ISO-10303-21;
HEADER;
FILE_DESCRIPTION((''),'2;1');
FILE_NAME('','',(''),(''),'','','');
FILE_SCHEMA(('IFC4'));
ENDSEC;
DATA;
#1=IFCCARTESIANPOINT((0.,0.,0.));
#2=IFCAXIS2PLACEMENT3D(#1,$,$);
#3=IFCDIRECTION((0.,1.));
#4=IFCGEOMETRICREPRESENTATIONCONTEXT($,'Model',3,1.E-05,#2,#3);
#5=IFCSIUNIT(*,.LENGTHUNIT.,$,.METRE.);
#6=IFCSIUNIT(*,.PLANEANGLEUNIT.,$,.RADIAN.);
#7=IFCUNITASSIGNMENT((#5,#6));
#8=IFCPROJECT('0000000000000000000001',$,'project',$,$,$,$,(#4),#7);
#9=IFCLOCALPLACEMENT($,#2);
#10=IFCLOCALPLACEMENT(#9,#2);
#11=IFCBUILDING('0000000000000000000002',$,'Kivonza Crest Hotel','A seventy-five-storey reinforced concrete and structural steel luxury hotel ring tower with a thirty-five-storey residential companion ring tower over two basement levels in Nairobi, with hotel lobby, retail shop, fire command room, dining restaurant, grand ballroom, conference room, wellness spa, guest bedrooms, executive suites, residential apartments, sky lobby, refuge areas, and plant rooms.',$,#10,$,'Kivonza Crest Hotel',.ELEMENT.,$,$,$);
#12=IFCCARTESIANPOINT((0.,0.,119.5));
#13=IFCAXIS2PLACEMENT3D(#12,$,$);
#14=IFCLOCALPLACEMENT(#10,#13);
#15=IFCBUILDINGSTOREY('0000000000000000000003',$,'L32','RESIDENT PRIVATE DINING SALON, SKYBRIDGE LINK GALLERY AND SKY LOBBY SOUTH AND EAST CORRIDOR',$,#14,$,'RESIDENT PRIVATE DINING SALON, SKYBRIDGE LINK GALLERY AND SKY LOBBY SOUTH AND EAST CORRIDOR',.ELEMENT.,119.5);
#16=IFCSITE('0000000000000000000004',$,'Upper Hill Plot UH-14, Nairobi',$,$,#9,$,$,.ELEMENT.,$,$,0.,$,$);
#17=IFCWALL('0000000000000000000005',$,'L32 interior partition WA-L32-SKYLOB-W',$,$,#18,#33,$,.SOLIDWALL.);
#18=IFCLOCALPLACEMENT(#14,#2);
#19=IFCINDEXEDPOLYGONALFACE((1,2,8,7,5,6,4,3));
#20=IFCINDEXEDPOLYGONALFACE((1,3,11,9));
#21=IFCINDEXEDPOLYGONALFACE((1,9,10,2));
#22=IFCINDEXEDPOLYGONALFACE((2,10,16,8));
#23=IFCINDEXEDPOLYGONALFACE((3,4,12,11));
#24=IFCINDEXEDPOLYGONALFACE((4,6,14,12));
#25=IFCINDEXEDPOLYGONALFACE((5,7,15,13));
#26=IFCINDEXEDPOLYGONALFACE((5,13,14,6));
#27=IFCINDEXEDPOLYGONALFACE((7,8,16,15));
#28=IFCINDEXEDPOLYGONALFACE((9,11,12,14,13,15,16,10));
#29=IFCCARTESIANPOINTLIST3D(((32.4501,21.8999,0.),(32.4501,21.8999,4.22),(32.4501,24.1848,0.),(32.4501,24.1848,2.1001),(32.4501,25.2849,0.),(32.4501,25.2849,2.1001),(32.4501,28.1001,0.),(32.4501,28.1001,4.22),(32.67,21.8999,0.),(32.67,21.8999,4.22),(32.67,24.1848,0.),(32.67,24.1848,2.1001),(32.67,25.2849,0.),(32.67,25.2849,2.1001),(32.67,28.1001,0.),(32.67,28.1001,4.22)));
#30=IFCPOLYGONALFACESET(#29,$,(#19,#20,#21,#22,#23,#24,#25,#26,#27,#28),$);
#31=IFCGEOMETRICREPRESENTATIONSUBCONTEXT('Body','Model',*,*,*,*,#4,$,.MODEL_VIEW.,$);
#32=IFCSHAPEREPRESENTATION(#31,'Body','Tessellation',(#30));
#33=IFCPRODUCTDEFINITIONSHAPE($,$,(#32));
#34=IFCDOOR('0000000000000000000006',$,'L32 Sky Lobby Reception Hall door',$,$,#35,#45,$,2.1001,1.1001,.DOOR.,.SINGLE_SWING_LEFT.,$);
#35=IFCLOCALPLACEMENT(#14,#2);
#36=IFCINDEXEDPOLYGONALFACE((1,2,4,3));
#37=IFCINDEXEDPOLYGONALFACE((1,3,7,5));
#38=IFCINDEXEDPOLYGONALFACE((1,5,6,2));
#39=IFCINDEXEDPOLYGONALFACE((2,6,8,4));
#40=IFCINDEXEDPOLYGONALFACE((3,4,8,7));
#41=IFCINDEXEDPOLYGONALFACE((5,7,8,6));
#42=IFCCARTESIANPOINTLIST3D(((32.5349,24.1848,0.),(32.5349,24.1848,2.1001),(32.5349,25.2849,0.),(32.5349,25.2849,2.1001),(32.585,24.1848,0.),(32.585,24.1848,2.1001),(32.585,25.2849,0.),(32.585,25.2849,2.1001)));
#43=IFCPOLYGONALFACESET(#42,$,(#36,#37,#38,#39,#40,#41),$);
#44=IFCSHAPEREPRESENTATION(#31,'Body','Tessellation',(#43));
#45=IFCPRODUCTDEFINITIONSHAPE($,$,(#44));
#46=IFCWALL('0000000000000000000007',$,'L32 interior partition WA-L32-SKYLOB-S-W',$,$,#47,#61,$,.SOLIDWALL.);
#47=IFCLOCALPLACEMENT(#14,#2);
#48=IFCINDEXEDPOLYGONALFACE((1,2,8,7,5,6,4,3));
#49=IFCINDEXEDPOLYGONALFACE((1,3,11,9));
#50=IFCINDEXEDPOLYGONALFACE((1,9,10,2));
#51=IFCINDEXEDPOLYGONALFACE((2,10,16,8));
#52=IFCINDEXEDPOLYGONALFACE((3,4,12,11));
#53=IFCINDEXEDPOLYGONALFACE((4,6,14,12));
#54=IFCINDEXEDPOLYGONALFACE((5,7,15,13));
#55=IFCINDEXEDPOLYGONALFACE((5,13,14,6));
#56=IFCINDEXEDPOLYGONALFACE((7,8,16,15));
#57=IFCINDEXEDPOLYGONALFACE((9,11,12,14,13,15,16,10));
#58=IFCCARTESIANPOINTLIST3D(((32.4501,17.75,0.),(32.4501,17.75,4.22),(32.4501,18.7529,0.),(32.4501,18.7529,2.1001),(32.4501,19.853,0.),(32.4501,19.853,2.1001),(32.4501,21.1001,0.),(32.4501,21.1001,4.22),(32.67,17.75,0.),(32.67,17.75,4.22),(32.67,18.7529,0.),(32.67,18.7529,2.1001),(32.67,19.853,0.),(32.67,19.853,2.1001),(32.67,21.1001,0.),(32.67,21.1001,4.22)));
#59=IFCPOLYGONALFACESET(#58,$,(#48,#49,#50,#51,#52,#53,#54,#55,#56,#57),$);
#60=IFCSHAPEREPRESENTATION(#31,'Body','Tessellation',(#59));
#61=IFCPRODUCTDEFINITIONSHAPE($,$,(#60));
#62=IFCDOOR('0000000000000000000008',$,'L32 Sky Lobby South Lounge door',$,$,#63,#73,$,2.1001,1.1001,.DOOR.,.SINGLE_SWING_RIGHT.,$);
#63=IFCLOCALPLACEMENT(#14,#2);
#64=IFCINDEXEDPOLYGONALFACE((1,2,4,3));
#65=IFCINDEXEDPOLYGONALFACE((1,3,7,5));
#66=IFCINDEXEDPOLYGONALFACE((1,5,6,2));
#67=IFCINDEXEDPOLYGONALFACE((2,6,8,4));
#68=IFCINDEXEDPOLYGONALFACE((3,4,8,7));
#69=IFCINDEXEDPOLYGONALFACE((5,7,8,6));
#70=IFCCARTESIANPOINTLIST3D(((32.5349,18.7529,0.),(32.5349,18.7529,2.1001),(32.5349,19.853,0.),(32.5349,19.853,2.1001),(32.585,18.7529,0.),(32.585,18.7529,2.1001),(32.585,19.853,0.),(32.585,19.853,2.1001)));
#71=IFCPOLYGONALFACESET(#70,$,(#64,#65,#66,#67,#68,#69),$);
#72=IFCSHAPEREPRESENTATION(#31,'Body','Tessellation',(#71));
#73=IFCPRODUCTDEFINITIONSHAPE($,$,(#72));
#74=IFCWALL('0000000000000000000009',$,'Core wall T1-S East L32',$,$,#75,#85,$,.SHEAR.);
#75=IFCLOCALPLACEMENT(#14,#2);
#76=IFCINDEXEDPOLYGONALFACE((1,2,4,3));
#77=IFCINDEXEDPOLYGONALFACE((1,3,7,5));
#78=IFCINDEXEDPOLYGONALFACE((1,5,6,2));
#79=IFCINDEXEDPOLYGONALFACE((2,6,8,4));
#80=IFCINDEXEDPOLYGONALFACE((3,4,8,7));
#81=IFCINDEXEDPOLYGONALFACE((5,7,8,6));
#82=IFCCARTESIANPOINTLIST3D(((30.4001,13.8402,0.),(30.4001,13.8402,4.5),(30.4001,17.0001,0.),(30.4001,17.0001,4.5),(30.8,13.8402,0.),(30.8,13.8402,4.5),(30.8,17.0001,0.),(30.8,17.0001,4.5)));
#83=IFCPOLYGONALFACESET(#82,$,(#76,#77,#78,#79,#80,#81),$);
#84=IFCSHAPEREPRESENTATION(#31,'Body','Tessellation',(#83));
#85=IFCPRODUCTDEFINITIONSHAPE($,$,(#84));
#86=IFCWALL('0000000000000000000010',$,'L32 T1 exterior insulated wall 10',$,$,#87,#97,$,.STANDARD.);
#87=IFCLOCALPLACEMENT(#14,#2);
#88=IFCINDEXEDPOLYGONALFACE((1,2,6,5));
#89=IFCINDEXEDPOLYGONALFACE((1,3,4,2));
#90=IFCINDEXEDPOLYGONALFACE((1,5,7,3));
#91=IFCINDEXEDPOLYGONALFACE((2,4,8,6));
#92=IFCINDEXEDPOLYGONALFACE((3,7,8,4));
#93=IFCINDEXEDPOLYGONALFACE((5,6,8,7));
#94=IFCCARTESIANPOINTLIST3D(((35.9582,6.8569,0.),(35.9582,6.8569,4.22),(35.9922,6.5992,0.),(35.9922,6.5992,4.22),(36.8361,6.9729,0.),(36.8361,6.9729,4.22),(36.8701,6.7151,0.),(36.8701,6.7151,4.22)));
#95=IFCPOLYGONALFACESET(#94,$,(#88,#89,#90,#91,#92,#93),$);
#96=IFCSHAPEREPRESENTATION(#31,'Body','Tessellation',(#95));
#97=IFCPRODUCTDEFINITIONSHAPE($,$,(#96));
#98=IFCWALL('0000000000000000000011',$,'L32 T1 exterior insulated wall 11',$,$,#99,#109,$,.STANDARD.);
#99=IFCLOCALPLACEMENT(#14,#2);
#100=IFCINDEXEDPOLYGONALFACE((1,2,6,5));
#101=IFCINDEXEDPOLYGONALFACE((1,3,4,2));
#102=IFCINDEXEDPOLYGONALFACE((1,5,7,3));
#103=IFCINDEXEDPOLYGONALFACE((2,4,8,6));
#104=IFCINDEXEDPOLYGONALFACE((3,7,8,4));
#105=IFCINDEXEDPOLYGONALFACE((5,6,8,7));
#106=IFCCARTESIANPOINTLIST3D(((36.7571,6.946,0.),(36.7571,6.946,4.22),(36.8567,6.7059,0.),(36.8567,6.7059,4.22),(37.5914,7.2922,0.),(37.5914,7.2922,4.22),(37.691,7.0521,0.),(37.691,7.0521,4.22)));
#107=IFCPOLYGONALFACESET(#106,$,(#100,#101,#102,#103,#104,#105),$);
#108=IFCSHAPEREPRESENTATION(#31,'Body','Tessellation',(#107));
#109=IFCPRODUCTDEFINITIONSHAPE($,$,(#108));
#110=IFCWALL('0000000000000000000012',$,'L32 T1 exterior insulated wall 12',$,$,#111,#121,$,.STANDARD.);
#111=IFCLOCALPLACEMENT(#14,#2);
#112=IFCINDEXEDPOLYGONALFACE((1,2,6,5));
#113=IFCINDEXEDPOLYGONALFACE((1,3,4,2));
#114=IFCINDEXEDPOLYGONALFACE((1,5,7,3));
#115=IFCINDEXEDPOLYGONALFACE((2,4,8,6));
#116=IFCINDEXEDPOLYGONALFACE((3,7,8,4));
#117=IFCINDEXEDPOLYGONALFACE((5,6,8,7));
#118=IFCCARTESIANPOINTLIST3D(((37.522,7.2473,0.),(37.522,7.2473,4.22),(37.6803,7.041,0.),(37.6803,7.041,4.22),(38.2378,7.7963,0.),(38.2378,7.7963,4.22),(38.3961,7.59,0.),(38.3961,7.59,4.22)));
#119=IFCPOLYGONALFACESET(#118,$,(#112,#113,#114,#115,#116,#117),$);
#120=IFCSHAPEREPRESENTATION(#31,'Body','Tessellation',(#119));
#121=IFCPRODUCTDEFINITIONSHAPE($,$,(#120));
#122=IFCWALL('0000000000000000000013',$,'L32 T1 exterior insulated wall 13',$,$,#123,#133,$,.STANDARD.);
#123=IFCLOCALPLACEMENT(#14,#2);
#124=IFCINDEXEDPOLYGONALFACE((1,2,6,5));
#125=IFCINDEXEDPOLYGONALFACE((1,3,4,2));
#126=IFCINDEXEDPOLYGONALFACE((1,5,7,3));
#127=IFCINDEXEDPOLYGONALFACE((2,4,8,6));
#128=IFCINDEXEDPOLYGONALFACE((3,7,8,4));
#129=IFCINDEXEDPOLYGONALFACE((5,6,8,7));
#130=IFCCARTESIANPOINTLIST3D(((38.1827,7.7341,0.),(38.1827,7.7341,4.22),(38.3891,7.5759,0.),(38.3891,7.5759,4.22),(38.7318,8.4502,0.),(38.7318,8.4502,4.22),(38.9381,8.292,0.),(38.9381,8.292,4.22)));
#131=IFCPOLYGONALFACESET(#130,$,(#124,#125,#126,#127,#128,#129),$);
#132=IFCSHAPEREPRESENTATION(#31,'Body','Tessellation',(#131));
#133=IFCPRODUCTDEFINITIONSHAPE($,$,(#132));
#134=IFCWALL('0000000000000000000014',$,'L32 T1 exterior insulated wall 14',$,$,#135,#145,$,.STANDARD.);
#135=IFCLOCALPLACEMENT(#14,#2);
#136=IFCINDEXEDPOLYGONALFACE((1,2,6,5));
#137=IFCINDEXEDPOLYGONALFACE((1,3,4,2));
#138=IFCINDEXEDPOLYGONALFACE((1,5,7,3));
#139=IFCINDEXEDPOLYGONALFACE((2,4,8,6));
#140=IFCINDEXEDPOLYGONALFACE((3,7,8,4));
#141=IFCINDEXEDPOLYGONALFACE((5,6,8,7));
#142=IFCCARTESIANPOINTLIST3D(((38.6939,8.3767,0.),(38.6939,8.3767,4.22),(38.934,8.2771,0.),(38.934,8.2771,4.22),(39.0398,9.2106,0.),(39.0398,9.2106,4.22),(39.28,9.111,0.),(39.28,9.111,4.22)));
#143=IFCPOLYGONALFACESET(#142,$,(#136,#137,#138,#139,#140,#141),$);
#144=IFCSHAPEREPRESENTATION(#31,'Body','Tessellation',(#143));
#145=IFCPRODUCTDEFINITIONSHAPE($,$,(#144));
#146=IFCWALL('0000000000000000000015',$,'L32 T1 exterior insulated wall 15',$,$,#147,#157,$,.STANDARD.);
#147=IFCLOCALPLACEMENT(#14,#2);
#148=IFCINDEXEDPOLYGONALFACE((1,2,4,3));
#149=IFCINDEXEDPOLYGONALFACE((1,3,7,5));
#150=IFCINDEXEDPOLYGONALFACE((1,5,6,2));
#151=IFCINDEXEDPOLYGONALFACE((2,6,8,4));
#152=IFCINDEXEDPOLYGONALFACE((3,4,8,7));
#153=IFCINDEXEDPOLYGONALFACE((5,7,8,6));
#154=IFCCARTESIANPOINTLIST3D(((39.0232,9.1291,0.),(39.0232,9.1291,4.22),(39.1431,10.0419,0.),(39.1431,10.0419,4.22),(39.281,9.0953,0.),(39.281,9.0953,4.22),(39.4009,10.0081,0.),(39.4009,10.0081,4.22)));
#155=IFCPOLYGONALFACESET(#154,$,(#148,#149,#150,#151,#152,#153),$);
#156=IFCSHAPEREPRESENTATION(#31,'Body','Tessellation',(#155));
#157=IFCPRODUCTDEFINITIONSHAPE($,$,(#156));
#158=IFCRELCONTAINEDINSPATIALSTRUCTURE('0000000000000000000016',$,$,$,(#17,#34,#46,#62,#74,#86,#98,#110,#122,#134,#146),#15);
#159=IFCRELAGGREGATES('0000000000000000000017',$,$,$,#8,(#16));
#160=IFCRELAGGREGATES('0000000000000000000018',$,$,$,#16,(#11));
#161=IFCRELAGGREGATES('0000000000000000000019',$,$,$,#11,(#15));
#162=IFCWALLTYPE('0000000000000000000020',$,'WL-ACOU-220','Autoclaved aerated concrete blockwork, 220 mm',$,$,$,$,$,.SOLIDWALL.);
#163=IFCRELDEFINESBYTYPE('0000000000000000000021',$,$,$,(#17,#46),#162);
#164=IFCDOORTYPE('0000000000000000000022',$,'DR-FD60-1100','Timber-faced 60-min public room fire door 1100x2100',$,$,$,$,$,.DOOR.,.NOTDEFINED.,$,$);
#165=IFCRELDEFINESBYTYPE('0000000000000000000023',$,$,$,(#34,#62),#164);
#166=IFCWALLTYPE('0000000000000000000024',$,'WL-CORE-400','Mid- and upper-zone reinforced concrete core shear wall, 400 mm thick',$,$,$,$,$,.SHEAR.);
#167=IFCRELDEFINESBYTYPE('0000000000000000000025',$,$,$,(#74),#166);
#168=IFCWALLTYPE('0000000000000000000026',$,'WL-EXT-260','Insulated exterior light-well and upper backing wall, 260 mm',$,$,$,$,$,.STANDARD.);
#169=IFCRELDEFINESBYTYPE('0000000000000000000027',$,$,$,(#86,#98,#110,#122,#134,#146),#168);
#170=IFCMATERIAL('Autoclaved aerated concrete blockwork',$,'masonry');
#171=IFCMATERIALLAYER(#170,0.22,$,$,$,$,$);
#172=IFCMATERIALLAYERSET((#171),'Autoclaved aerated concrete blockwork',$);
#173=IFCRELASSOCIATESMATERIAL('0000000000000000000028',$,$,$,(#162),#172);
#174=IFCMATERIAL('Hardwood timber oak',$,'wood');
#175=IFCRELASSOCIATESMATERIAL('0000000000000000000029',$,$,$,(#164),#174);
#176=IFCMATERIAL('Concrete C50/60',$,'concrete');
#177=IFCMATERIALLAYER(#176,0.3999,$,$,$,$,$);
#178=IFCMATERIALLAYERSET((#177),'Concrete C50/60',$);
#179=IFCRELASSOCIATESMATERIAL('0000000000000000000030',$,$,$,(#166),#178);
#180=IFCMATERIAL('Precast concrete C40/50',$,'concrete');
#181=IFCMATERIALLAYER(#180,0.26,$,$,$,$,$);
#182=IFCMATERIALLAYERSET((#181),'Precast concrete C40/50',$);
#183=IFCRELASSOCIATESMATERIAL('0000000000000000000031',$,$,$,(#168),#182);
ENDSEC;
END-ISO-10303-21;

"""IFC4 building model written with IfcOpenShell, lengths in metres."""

from ifc_helpers import new_model, si_unit, direction, frame, frame_2d, origin, place, context, subcontext, project, spatial, rectangle, extrude, material, layer, layer_set, type_object, element, fill, save


model = new_model("IFC4")

# Units and contexts
model_context = context("Model", 3, precision=1e-05, world=origin(), true_north=direction((0.0, 1.0)))
body_context = subcontext(model_context, "Body", "Model", "MODEL_VIEW")
ifc_project = project(units=[si_unit("LENGTHUNIT", "METRE"), si_unit("PLANEANGLEUNIT", "RADIAN")], contexts=[model_context])

# Site, building, storey
site_placement = place(None, origin())
site = spatial("IfcSite", under=ifc_project, at=site_placement, Name="Upper Hill Plot UH-14, Nairobi", CompositionType="ELEMENT", RefElevation=0.0)
building_placement = place(site_placement, origin())
building = spatial("IfcBuilding", under=site, at=building_placement, Name="Kivonza Crest Hotel", Description="A seventy-five-storey reinforced concrete and structural steel luxury hotel ring tower with a thirty-five-storey residential companion ring tower over two basement levels in Nairobi, with hotel lobby, retail shop, fire command room, dining restaurant, grand ballroom, conference room, wellness spa, guest bedrooms, executive suites, residential apartments, sky lobby, refuge areas, and plant rooms.", LongName="Kivonza Crest Hotel", CompositionType="ELEMENT")
storey_placement = place(building_placement, frame((0.0, 0.0, 119.5)))
storey = spatial("IfcBuildingStorey", under=building, at=storey_placement, Name="L32", Description="RESIDENT PRIVATE DINING SALON, SKYBRIDGE LINK GALLERY AND SKY LOBBY SOUTH AND EAST CORRIDOR", LongName="RESIDENT PRIVATE DINING SALON, SKYBRIDGE LINK GALLERY AND SKY LOBBY SOUTH AND EAST CORRIDOR", CompositionType="ELEMENT", Elevation=119.5)

# Shared definitions
ifc_material_1 = material(Name="Concrete C50/60", Category="concrete")

# Walls, openings, doors
ifc_material_2 = material(Name="Autoclaved aerated concrete blockwork", Category="masonry")
ifc_layer_1 = layer(ifc_material_2, 0.22)
ifc_layer_set_1 = layer_set([ifc_layer_1], Name="Autoclaved aerated concrete blockwork")
wall_type_1 = type_object("IfcWallType", Name="WL-ACOU-220", Description="Autoclaved aerated concrete blockwork, 220 mm", PredefinedType="SOLIDWALL", material=ifc_layer_set_1)
wall_1_placement = place(storey_placement, frame((32.5601, 21.8999, 0.0), z_axis=(0.0, 0.0, 1.0), x_axis=(0.0, 1.0, 0.0)))
wall_1 = element("IfcWall", 1, at=wall_1_placement, inside=storey, type_object=wall_type_1, Name="L32 interior partition WA-L32-SKYLOB-W", PredefinedType="SOLIDWALL", context=body_context, shape_type="SweptSolid", body=[
    extrude(rectangle(XDim=6.2002, YDim=0.22, at=frame_2d((3.1001, 0.0))), origin(), (0.0, 0.0, 1.0), 4.22),
])
opening_1_placement = place(wall_1_placement, frame((2.2849, 0.0, 0.0)))
opening_1 = element("IfcOpeningElement", 2, at=opening_1_placement, cuts=wall_1, PredefinedType="OPENING", context=body_context, shape_type="SweptSolid", body=[
    extrude(rectangle(XDim=1.1001, YDim=2.1001, at=frame_2d((0.55, 1.05))), frame((0.0, 0.1201, 0.0), z_axis=(0.0, -1.0, 0.0), x_axis=(1.0, 0.0, 0.0)), (0.0, 0.0, 1.0), 0.24),
])
ifc_material_3 = material(Name="Hardwood timber oak", Category="wood")
door_type = type_object("IfcDoorType", Name="DR-FD60-1100", Description="Timber-faced 60-min public room fire door 1100x2100", OperationType="NOTDEFINED", PredefinedType="DOOR", material=ifc_material_3)
door_1_placement = place(opening_1_placement, frame((1.1001, 0.0, 0.0), z_axis=(0.0, 0.0, 1.0), x_axis=(-1.0, 0.0, 0.0)))
door_1 = element("IfcDoor", 3, at=door_1_placement, inside=storey, type_object=door_type, Name="L32 Sky Lobby Reception Hall door", OperationType="SINGLE_SWING_LEFT", OverallHeight=2.1001, OverallWidth=1.1001, PredefinedType="DOOR", context=body_context, shape_type="SweptSolid", body=[
    extrude(rectangle(XDim=1.1001, YDim=2.1001, at=frame_2d((0.55, 1.05))), frame((0.0, 0.0249, 0.0), z_axis=(0.0, -1.0, 0.0), x_axis=(1.0, 0.0, 0.0)), (0.0, 0.0, 1.0), 0.05),
])
fill(opening_1, door_1)
wall_2_placement = place(storey_placement, frame((32.5601, 17.75, 0.0), z_axis=(0.0, 0.0, 1.0), x_axis=(0.0, 1.0, 0.0)))
wall_2 = element("IfcWall", 4, at=wall_2_placement, inside=storey, type_object=wall_type_1, Name="L32 interior partition WA-L32-SKYLOB-S-W", PredefinedType="SOLIDWALL", context=body_context, shape_type="SweptSolid", body=[
    extrude(rectangle(XDim=3.3501, YDim=0.22, at=frame_2d((1.675, 0.0))), origin(), (0.0, 0.0, 1.0), 4.22),
])
opening_2_placement = place(wall_2_placement, frame((1.0029, 0.0, 0.0)))
opening_2 = element("IfcOpeningElement", 5, at=opening_2_placement, cuts=wall_2, PredefinedType="OPENING", context=body_context, shape_type="SweptSolid", body=[
    extrude(rectangle(XDim=1.1001, YDim=2.1001, at=frame_2d((0.55, 1.05))), frame((0.0, 0.1201, 0.0), z_axis=(0.0, -1.0, 0.0), x_axis=(1.0, 0.0, 0.0)), (0.0, 0.0, 1.0), 0.24),
])
door_2_placement = place(opening_2_placement, frame((1.1001, 0.0, 0.0), z_axis=(0.0, 0.0, 1.0), x_axis=(-1.0, 0.0, 0.0)))
door_2 = element("IfcDoor", 6, at=door_2_placement, inside=storey, type_object=door_type, Name="L32 Sky Lobby South Lounge door", OperationType="SINGLE_SWING_RIGHT", OverallHeight=2.1001, OverallWidth=1.1001, PredefinedType="DOOR", context=body_context, shape_type="SweptSolid", body=[
    extrude(rectangle(XDim=1.1001, YDim=2.1001, at=frame_2d((0.55, 1.05))), frame((0.0, 0.0249, 0.0), z_axis=(0.0, -1.0, 0.0), x_axis=(1.0, 0.0, 0.0)), (0.0, 0.0, 1.0), 0.05),
])
fill(opening_2, door_2)

# Walls
ifc_layer_2 = layer(ifc_material_1, 0.3999)
ifc_layer_set_2 = layer_set([ifc_layer_2], Name="Concrete C50/60")
wall_type_2 = type_object("IfcWallType", Name="WL-CORE-400", Description="Mid- and upper-zone reinforced concrete core shear wall, 400 mm thick", PredefinedType="SHEAR", material=ifc_layer_set_2)
wall_3_placement = place(storey_placement, frame((30.6001, 13.8401, 0.0), z_axis=(0.0, 0.0, 1.0), x_axis=(0.0, 1.0, 0.0)))
element("IfcWall", 7, at=wall_3_placement, inside=storey, type_object=wall_type_2, Name="Core wall T1-S East L32", PredefinedType="SHEAR", context=body_context, shape_type="SweptSolid", body=[
    extrude(rectangle(XDim=3.1599, YDim=0.3999, at=frame_2d((1.5801, 0.0))), origin(), (0.0, 0.0, 1.0), 4.5),
])
ifc_material_4 = material(Name="Precast concrete C40/50", Category="concrete")
ifc_layer_3 = layer(ifc_material_4, 0.26)
ifc_layer_set_3 = layer_set([ifc_layer_3], Name="Precast concrete C40/50")
wall_type_3 = type_object("IfcWallType", Name="WL-EXT-260", Description="Insulated exterior light-well and upper backing wall, 260 mm", PredefinedType="STANDARD", material=ifc_layer_set_3)
wall_4_placement = place(storey_placement, frame((35.9751, 6.728, 0.0), z_axis=(0.0, 0.0, 1.0), x_axis=(0.991388, 0.130954, 0.0)))
element("IfcWall", 8, at=wall_4_placement, inside=storey, type_object=wall_type_3, Name="L32 T1 exterior insulated wall 10", PredefinedType="STANDARD", context=body_context, shape_type="SweptSolid", body=[
    extrude(rectangle(XDim=0.8855, YDim=0.26, at=frame_2d((0.4429, 0.0))), origin(), (0.0, 0.0, 1.0), 4.22),
])
wall_5_placement = place(storey_placement, frame((36.8069, 6.8259, 0.0), z_axis=(0.0, 0.0, 1.0), x_axis=(0.923628, 0.383291, 0.0)))
element("IfcWall", 9, at=wall_5_placement, inside=storey, type_object=wall_type_3, Name="L32 T1 exterior insulated wall 11", PredefinedType="STANDARD", context=body_context, shape_type="SweptSolid", body=[
    extrude(rectangle(XDim=0.9033, YDim=0.26, at=frame_2d((0.4517, 0.0))), origin(), (0.0, 0.0, 1.0), 4.22),
])
wall_6_placement = place(storey_placement, frame((37.6011, 7.144, 0.0), z_axis=(0.0, 0.0, 1.0), x_axis=(0.793458, 0.608625, 0.0)))
element("IfcWall", 10, at=wall_6_placement, inside=storey, type_object=wall_type_3, Name="L32 T1 exterior insulated wall 12", PredefinedType="STANDARD", context=body_context, shape_type="SweptSolid", body=[
    extrude(rectangle(XDim=0.9021, YDim=0.26, at=frame_2d((0.4512, 0.0))), origin(), (0.0, 0.0, 1.0), 4.22),
])
wall_7_placement = place(storey_placement, frame((38.2859, 7.655, 0.0), z_axis=(0.0, 0.0, 1.0), x_axis=(0.608494, 0.793558, 0.0)))
element("IfcWall", 11, at=wall_7_placement, inside=storey, type_object=wall_type_3, Name="L32 T1 exterior insulated wall 13", PredefinedType="STANDARD", context=body_context, shape_type="SweptSolid", body=[
    extrude(rectangle(XDim=0.9023, YDim=0.26, at=frame_2d((0.4512, 0.0))), origin(), (0.0, 0.0, 1.0), 4.22),
])
wall_8_placement = place(storey_placement, frame((38.814, 8.3269, 0.0), z_axis=(0.0, 0.0, 1.0), x_axis=(0.383156, 0.923684, 0.0)))
element("IfcWall", 12, at=wall_8_placement, inside=storey, type_object=wall_type_3, Name="L32 T1 exterior insulated wall 14", PredefinedType="STANDARD", context=body_context, shape_type="SweptSolid", body=[
    extrude(rectangle(XDim=0.9028, YDim=0.26, at=frame_2d((0.4514, 0.0))), origin(), (0.0, 0.0, 1.0), 4.22),
])
wall_9_placement = place(storey_placement, frame((39.1521, 9.1121, 0.0), z_axis=(0.0, 0.0, 1.0), x_axis=(0.130201, 0.991488, 0.0)))
element("IfcWall", 13, at=wall_9_placement, inside=storey, type_object=wall_type_3, Name="L32 T1 exterior insulated wall 15", PredefinedType="STANDARD", context=body_context, shape_type="SweptSolid", body=[
    extrude(rectangle(XDim=0.9207, YDim=0.26, at=frame_2d((0.4604, 0.0))), origin(), (0.0, 0.0, 1.0), 4.22),
])

save(model, "model.ifc")
